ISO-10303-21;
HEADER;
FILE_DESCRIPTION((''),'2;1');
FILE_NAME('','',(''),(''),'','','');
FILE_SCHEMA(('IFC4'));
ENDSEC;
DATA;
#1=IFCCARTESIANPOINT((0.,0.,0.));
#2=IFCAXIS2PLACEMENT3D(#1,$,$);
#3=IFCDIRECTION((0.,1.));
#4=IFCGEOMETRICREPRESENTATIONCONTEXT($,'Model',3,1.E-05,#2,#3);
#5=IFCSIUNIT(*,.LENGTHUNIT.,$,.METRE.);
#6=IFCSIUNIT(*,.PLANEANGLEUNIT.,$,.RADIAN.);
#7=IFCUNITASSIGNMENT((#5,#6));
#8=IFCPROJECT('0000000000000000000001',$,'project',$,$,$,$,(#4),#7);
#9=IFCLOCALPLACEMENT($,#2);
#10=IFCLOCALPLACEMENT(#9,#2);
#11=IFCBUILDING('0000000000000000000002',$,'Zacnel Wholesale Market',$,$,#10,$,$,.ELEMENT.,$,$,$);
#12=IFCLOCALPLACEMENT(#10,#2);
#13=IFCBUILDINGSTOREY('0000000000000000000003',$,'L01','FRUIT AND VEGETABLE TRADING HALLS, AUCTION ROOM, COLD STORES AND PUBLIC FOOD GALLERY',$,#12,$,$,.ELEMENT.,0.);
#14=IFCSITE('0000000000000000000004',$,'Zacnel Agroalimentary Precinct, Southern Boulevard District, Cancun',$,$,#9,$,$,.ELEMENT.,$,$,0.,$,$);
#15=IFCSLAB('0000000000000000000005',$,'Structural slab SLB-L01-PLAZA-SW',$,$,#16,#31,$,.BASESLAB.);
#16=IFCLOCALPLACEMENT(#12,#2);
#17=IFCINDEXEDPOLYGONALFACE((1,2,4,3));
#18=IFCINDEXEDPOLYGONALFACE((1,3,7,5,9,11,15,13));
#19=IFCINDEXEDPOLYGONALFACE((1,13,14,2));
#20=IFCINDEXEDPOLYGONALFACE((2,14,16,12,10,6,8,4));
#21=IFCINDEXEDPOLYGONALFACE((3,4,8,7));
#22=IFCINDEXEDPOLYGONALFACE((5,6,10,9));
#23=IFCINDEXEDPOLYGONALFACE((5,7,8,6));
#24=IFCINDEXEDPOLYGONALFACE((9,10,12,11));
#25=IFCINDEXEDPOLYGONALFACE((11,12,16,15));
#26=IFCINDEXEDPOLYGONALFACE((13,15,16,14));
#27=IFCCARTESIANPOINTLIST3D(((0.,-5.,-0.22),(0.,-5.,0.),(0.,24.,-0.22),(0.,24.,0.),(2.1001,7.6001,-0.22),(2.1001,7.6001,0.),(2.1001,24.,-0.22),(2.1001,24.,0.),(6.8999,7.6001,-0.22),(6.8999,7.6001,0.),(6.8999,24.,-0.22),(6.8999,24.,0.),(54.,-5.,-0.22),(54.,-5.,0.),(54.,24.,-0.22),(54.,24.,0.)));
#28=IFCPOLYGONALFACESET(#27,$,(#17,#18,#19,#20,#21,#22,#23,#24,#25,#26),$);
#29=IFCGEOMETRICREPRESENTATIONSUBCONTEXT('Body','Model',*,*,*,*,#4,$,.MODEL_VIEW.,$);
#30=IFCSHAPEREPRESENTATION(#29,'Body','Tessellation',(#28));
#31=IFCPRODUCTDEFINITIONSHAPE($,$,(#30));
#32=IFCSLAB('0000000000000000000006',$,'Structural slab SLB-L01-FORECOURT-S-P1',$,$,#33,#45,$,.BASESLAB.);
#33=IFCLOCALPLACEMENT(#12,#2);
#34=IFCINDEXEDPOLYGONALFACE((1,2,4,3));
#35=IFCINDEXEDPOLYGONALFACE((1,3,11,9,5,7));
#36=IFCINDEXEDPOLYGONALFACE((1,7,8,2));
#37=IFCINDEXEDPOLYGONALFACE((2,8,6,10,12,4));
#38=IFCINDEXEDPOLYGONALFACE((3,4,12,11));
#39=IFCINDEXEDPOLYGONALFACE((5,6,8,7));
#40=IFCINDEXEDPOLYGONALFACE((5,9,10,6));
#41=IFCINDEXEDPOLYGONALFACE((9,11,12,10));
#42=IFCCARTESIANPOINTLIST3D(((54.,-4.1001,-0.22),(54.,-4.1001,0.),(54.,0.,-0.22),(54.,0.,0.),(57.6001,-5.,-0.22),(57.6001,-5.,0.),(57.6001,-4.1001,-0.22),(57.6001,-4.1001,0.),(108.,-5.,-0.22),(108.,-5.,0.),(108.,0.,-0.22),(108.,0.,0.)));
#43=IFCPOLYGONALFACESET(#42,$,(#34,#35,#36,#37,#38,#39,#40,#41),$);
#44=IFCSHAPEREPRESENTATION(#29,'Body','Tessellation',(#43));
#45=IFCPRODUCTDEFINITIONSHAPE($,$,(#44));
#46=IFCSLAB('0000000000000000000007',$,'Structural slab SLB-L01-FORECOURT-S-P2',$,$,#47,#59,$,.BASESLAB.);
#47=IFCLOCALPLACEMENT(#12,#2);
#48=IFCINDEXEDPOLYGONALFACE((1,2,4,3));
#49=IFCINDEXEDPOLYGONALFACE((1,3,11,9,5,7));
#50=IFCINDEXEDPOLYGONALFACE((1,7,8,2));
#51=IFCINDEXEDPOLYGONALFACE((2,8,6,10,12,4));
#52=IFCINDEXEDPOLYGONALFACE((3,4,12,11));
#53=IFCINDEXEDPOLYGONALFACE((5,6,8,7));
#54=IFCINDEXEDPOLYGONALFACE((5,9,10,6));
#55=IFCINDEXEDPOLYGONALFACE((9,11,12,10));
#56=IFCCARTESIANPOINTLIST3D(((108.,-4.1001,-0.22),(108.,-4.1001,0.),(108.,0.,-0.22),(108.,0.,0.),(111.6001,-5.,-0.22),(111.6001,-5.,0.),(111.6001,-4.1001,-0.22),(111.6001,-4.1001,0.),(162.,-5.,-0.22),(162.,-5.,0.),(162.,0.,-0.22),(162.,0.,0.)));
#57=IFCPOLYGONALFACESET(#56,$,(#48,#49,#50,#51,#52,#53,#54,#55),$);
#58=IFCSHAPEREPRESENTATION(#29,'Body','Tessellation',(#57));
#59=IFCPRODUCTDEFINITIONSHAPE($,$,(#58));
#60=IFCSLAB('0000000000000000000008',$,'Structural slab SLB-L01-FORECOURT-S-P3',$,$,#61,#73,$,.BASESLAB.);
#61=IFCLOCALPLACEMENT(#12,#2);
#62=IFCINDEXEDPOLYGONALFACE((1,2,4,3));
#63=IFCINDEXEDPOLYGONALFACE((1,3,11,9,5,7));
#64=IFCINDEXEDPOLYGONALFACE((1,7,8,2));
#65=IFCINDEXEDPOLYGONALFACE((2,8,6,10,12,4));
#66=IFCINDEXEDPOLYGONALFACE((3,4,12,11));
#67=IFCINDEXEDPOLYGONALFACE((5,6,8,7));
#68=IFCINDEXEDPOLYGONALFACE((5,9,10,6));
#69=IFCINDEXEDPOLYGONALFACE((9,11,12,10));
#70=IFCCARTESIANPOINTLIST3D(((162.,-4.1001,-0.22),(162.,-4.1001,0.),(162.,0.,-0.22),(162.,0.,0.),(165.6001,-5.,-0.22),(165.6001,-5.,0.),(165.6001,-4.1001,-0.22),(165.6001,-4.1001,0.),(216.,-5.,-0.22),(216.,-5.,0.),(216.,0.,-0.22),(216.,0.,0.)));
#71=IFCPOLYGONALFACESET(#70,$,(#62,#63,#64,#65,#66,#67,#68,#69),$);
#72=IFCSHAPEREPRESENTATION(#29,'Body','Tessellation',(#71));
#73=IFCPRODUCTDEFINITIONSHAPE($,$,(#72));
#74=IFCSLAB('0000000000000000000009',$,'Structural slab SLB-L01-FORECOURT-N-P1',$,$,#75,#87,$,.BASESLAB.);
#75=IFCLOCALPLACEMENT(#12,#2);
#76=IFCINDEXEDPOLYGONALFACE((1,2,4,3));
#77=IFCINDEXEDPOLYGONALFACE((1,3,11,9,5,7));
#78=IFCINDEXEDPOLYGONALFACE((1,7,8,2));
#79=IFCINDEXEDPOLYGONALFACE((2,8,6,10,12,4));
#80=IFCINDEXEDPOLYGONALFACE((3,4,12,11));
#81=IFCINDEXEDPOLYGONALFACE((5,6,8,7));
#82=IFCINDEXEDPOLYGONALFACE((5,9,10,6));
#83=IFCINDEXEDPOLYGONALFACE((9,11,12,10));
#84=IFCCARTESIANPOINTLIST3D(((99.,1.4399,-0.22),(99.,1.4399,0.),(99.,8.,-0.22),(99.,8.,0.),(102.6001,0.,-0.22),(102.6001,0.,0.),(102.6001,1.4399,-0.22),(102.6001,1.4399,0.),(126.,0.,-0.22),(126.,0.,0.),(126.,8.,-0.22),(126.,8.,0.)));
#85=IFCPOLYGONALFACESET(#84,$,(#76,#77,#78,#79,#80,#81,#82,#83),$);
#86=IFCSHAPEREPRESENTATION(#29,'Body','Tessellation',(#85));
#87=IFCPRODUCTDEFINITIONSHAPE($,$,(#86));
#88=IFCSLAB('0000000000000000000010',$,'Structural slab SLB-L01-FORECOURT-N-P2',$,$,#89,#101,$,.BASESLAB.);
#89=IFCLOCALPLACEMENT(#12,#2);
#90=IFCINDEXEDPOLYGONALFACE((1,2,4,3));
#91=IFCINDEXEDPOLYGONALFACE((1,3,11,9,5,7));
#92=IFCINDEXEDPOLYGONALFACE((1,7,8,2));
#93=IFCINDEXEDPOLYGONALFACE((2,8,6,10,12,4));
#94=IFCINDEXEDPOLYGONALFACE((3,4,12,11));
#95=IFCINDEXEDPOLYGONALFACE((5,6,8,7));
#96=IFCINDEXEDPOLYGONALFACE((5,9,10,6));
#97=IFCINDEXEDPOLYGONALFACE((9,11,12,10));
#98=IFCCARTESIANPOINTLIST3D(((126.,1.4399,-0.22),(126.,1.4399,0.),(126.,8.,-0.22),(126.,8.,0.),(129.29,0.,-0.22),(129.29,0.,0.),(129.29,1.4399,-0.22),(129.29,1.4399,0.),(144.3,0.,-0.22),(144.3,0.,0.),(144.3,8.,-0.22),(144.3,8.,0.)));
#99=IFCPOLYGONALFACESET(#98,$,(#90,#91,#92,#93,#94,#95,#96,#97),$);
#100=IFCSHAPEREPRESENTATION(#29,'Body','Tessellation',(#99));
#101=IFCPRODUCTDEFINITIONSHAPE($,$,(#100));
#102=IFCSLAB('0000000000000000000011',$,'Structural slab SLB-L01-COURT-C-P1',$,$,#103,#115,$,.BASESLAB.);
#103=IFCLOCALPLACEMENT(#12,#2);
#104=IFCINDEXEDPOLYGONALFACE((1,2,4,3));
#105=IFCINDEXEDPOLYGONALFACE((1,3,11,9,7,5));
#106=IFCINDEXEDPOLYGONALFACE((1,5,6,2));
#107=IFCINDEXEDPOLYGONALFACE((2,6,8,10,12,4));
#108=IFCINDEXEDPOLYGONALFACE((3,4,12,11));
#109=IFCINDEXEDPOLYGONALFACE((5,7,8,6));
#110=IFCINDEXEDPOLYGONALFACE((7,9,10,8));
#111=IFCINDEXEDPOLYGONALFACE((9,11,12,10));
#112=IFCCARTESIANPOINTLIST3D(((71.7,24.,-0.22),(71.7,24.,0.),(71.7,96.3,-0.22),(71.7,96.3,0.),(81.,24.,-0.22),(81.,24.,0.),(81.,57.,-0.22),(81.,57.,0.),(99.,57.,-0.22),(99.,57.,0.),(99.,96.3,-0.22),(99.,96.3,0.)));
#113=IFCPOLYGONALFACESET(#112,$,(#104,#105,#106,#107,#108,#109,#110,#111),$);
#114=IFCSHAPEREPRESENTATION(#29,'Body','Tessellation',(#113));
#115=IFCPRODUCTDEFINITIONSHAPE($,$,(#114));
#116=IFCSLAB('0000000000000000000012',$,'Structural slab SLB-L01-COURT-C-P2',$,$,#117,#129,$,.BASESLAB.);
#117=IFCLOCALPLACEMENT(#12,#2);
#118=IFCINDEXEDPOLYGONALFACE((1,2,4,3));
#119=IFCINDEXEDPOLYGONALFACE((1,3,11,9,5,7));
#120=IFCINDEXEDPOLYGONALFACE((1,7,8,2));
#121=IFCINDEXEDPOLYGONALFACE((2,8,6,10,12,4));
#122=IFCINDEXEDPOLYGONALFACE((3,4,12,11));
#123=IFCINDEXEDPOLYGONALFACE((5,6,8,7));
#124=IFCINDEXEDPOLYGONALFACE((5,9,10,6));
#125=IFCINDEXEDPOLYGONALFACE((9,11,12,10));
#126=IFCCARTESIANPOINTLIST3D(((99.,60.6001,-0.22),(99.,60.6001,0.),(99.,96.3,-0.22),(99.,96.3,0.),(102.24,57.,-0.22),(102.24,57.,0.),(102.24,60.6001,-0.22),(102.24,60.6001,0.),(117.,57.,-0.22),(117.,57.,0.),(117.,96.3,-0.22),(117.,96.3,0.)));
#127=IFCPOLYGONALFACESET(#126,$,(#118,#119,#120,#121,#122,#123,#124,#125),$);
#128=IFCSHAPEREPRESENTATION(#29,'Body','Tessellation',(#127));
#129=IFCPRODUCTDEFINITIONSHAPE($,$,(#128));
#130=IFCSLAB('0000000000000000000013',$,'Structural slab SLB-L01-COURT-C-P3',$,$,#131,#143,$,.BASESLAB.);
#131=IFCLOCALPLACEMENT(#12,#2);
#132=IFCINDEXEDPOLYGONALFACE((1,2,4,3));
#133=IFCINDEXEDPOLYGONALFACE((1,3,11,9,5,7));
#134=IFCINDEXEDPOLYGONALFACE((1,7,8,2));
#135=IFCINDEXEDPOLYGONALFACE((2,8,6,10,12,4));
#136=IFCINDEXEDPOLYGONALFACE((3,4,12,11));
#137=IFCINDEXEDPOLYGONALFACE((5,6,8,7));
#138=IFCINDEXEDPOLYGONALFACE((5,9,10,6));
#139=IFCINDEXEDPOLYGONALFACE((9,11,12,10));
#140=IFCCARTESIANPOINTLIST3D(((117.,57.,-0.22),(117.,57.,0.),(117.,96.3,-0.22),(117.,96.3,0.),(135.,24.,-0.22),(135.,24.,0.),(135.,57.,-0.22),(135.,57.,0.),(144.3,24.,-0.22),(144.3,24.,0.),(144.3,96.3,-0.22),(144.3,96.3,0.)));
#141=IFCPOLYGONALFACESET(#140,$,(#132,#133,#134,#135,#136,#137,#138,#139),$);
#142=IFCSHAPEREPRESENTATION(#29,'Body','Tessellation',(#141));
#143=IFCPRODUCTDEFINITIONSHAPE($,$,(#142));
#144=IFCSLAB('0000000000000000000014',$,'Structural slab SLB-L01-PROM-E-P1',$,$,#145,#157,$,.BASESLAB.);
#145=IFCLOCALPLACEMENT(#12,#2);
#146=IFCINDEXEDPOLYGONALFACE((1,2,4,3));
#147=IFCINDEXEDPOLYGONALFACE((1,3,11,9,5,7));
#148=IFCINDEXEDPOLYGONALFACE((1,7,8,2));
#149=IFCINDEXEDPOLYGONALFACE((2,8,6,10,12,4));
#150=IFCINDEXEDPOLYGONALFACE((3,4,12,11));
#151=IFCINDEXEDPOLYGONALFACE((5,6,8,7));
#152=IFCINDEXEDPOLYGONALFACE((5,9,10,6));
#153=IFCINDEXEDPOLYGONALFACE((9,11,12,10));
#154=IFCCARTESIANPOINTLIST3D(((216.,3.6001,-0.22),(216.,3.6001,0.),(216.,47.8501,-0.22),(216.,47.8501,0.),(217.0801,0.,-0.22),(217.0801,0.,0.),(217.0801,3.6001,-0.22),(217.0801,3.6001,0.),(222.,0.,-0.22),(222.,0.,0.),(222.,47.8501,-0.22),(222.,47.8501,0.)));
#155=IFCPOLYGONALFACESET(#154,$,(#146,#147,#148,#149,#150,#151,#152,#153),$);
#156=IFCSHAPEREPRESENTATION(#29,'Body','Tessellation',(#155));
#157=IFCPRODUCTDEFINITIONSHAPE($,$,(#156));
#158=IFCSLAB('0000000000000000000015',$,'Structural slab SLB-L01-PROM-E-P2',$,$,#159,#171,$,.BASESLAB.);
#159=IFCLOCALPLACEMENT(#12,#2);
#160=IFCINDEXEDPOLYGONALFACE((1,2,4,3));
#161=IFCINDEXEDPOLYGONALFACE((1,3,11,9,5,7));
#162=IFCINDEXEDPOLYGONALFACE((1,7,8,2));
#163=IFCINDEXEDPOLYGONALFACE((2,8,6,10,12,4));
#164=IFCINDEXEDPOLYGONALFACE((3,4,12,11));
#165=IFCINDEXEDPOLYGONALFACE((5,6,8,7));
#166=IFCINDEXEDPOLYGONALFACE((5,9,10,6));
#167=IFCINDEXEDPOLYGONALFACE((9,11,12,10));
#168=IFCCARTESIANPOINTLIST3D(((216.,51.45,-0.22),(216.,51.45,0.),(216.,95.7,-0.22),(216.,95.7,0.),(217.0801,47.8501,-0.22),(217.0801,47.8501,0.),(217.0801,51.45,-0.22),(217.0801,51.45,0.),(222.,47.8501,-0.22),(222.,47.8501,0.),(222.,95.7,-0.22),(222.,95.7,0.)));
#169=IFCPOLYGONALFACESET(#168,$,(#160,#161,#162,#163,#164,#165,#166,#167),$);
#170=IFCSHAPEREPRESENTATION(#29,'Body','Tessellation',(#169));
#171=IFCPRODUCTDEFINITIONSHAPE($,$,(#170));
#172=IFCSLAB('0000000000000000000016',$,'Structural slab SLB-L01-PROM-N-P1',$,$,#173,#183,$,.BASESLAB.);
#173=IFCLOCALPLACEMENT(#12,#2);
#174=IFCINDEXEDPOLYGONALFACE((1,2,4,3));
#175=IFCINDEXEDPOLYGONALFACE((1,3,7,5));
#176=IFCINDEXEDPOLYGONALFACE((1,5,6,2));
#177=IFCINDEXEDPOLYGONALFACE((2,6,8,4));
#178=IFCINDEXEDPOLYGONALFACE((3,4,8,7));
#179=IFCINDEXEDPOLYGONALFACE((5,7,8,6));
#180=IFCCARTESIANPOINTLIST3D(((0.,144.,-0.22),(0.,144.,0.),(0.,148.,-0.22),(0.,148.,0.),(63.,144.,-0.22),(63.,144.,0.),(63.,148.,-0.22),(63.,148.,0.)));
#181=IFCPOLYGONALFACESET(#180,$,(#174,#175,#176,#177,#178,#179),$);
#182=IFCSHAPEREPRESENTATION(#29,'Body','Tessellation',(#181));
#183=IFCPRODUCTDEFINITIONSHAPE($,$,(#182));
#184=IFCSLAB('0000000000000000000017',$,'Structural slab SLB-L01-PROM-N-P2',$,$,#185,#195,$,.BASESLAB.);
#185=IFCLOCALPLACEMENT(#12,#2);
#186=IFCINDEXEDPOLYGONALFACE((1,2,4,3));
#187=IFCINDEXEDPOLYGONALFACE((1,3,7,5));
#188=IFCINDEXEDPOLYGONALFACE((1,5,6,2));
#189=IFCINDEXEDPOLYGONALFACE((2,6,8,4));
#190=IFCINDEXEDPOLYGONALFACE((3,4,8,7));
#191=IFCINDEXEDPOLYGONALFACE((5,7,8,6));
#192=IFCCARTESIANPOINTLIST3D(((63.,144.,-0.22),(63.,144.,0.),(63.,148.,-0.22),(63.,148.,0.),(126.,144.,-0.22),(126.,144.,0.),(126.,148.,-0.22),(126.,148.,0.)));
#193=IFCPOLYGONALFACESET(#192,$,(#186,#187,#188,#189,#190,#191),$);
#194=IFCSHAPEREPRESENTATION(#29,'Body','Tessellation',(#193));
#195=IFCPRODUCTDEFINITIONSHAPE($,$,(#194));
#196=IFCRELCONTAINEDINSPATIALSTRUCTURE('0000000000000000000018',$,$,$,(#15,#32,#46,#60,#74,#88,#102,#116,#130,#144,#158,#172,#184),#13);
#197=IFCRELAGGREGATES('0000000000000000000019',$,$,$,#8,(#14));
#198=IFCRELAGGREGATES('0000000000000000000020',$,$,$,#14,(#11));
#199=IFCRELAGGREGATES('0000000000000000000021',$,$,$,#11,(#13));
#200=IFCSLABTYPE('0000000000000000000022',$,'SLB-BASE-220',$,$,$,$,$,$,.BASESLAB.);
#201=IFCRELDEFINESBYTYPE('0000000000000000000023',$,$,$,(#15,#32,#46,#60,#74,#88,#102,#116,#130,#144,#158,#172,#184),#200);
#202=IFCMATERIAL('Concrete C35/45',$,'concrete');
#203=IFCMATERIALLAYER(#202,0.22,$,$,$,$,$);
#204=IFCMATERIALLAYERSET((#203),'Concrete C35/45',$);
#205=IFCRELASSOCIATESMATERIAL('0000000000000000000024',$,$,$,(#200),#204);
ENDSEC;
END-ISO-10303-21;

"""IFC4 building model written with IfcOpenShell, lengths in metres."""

from ifc_helpers import new_model, si_unit, direction, frame, origin, place, context, subcontext, project, spatial, polyline, outline, extrude, material, layer, layer_set, type_object, element, save


model = new_model("IFC4")

# Units and contexts
model_context = context("Model", 3, precision=1e-05, world=origin(), true_north=direction((0.0, 1.0)))
body_context = subcontext(model_context, "Body", "Model", "MODEL_VIEW")
ifc_project = project(units=[si_unit("LENGTHUNIT", "METRE"), si_unit("PLANEANGLEUNIT", "RADIAN")], contexts=[model_context])

# Site, building, storey
site_placement = place(None, origin())
site = spatial("IfcSite", under=ifc_project, at=site_placement, Name="Zacnel Agroalimentary Precinct, Southern Boulevard District, Cancun", CompositionType="ELEMENT", RefElevation=0.0)
building_placement = place(site_placement, origin())
building = spatial("IfcBuilding", under=site, at=building_placement, Name="Zacnel Wholesale Market", CompositionType="ELEMENT")
storey_placement = place(building_placement, origin())
storey = spatial("IfcBuildingStorey", under=building, at=storey_placement, Name="L01", Description="FRUIT AND VEGETABLE TRADING HALLS, AUCTION ROOM, COLD STORES AND PUBLIC FOOD GALLERY", CompositionType="ELEMENT", Elevation=0.0)

# Slabs
ifc_material_1 = material(Name="Concrete C35/45", Category="concrete")
ifc_layer_1 = layer(ifc_material_1, 0.22)
ifc_layer_set_1 = layer_set([ifc_layer_1], Name="Concrete C35/45")
slab_type_1 = type_object("IfcSlabType", Name="SLB-BASE-220", PredefinedType="BASESLAB", material=ifc_layer_set_1)
slab_1_placement = place(storey_placement, frame((0.0, 0.0, -0.22)))
element("IfcSlab", 1, at=slab_1_placement, inside=storey, type_object=slab_type_1, Name="Structural slab SLB-L01-PLAZA-SW", PredefinedType="BASESLAB", context=body_context, shape_type="SweptSolid", body=[
    extrude(outline(polyline([(54.0, 24.0), (54.0, -5.0), (0.0, -5.0), (0.0, 24.0), (2.1001, 24.0), (2.1001, 7.6001), (6.8999, 7.6001), (6.8999, 24.0), (54.0, 24.0)])), origin(), (0.0, 0.0, 1.0), 0.22),
])
slab_2_placement = place(storey_placement, frame((0.0, 0.0, -0.22)))
element("IfcSlab", 2, at=slab_2_placement, inside=storey, type_object=slab_type_1, Name="Structural slab SLB-L01-FORECOURT-S-P1", PredefinedType="BASESLAB", context=body_context, shape_type="SweptSolid", body=[
    extrude(outline(polyline([(57.6001, -5.0), (108.0, -5.0), (108.0, 0.0), (54.0, 0.0), (54.0, -4.1001), (57.6001, -4.1001), (57.6001, -5.0)])), origin(), (0.0, 0.0, 1.0), 0.22),
])
slab_3_placement = place(storey_placement, frame((0.0, 0.0, -0.22)))
element("IfcSlab", 3, at=slab_3_placement, inside=storey, type_object=slab_type_1, Name="Structural slab SLB-L01-FORECOURT-S-P2", PredefinedType="BASESLAB", context=body_context, shape_type="SweptSolid", body=[
    extrude(outline(polyline([(111.6001, -5.0), (162.0, -5.0), (162.0, 0.0), (108.0, 0.0), (108.0, -4.1001), (111.6001, -4.1001), (111.6001, -5.0)])), origin(), (0.0, 0.0, 1.0), 0.22),
])
slab_4_placement = place(storey_placement, frame((0.0, 0.0, -0.22)))
element("IfcSlab", 4, at=slab_4_placement, inside=storey, type_object=slab_type_1, Name="Structural slab SLB-L01-FORECOURT-S-P3", PredefinedType="BASESLAB", context=body_context, shape_type="SweptSolid", body=[
    extrude(outline(polyline([(165.6001, -5.0), (216.0, -5.0), (216.0, 0.0), (162.0, 0.0), (162.0, -4.1001), (165.6001, -4.1001), (165.6001, -5.0)])), origin(), (0.0, 0.0, 1.0), 0.22),
])
slab_5_placement = place(storey_placement, frame((0.0, 0.0, -0.22)))
element("IfcSlab", 5, at=slab_5_placement, inside=storey, type_object=slab_type_1, Name="Structural slab SLB-L01-FORECOURT-N-P1", PredefinedType="BASESLAB", context=body_context, shape_type="SweptSolid", body=[
    extrude(outline(polyline([(102.6001, 0.0), (126.0, 0.0), (126.0, 8.0), (99.0, 8.0), (99.0, 1.4399), (102.6001, 1.4399), (102.6001, 0.0)])), origin(), (0.0, 0.0, 1.0), 0.22),
])
slab_6_placement = place(storey_placement, frame((0.0, 0.0, -0.22)))
element("IfcSlab", 6, at=slab_6_placement, inside=storey, type_object=slab_type_1, Name="Structural slab SLB-L01-FORECOURT-N-P2", PredefinedType="BASESLAB", context=body_context, shape_type="SweptSolid", body=[
    extrude(outline(polyline([(129.29, 0.0), (144.3, 0.0), (144.3, 8.0), (126.0, 8.0), (126.0, 1.4399), (129.29, 1.4399), (129.29, 0.0)])), origin(), (0.0, 0.0, 1.0), 0.22),
])
slab_7_placement = place(storey_placement, frame((0.0, 0.0, -0.22)))
element("IfcSlab", 7, at=slab_7_placement, inside=storey, type_object=slab_type_1, Name="Structural slab SLB-L01-COURT-C-P1", PredefinedType="BASESLAB", context=body_context, shape_type="SweptSolid", body=[
    extrude(outline(polyline([(71.7, 96.3), (99.0, 96.3), (99.0, 57.0), (81.0, 57.0), (81.0, 24.0), (71.7, 24.0), (71.7, 96.3)])), origin(), (0.0, 0.0, 1.0), 0.22),
])
slab_8_placement = place(storey_placement, frame((0.0, 0.0, -0.22)))
element("IfcSlab", 8, at=slab_8_placement, inside=storey, type_object=slab_type_1, Name="Structural slab SLB-L01-COURT-C-P2", PredefinedType="BASESLAB", context=body_context, shape_type="SweptSolid", body=[
    extrude(outline(polyline([(102.24, 57.0), (117.0, 57.0), (117.0, 96.3), (99.0, 96.3), (99.0, 60.6001), (102.24, 60.6001), (102.24, 57.0)])), origin(), (0.0, 0.0, 1.0), 0.22),
])
slab_9_placement = place(storey_placement, frame((0.0, 0.0, -0.22)))
element("IfcSlab", 9, at=slab_9_placement, inside=storey, type_object=slab_type_1, Name="Structural slab SLB-L01-COURT-C-P3", PredefinedType="BASESLAB", context=body_context, shape_type="SweptSolid", body=[
    extrude(outline(polyline([(144.3, 96.3), (144.3, 24.0), (135.0, 24.0), (135.0, 57.0), (117.0, 57.0), (117.0, 96.3), (144.3, 96.3)])), origin(), (0.0, 0.0, 1.0), 0.22),
])
slab_10_placement = place(storey_placement, frame((0.0, 0.0, -0.22)))
element("IfcSlab", 10, at=slab_10_placement, inside=storey, type_object=slab_type_1, Name="Structural slab SLB-L01-PROM-E-P1", PredefinedType="BASESLAB", context=body_context, shape_type="SweptSolid", body=[
    extrude(outline(polyline([(217.0801, 0.0), (222.0, 0.0), (222.0, 47.8501), (216.0, 47.8501), (216.0, 3.6001), (217.0801, 3.6001), (217.0801, 0.0)])), origin(), (0.0, 0.0, 1.0), 0.22),
])
slab_11_placement = place(storey_placement, frame((0.0, 0.0, -0.22)))
element("IfcSlab", 11, at=slab_11_placement, inside=storey, type_object=slab_type_1, Name="Structural slab SLB-L01-PROM-E-P2", PredefinedType="BASESLAB", context=body_context, shape_type="SweptSolid", body=[
    extrude(outline(polyline([(217.0801, 47.8501), (222.0, 47.8501), (222.0, 95.7), (216.0, 95.7), (216.0, 51.45), (217.0801, 51.45), (217.0801, 47.8501)])), origin(), (0.0, 0.0, 1.0), 0.22),
])
slab_12_placement = place(storey_placement, frame((0.0, 0.0, -0.22)))
element("IfcSlab", 12, at=slab_12_placement, inside=storey, type_object=slab_type_1, Name="Structural slab SLB-L01-PROM-N-P1", PredefinedType="BASESLAB", context=body_context, shape_type="SweptSolid", body=[
    extrude(outline(polyline([(63.0, 148.0), (63.0, 144.0), (0.0, 144.0), (0.0, 148.0), (63.0, 148.0)])), origin(), (0.0, 0.0, 1.0), 0.22),
])
slab_13_placement = place(storey_placement, frame((0.0, 0.0, -0.22)))
element("IfcSlab", 13, at=slab_13_placement, inside=storey, type_object=slab_type_1, Name="Structural slab SLB-L01-PROM-N-P2", PredefinedType="BASESLAB", context=body_context, shape_type="SweptSolid", body=[
    extrude(outline(polyline([(126.0, 148.0), (126.0, 144.0), (63.0, 144.0), (63.0, 148.0), (126.0, 148.0)])), origin(), (0.0, 0.0, 1.0), 0.22),
])

save(model, "model.ifc")
